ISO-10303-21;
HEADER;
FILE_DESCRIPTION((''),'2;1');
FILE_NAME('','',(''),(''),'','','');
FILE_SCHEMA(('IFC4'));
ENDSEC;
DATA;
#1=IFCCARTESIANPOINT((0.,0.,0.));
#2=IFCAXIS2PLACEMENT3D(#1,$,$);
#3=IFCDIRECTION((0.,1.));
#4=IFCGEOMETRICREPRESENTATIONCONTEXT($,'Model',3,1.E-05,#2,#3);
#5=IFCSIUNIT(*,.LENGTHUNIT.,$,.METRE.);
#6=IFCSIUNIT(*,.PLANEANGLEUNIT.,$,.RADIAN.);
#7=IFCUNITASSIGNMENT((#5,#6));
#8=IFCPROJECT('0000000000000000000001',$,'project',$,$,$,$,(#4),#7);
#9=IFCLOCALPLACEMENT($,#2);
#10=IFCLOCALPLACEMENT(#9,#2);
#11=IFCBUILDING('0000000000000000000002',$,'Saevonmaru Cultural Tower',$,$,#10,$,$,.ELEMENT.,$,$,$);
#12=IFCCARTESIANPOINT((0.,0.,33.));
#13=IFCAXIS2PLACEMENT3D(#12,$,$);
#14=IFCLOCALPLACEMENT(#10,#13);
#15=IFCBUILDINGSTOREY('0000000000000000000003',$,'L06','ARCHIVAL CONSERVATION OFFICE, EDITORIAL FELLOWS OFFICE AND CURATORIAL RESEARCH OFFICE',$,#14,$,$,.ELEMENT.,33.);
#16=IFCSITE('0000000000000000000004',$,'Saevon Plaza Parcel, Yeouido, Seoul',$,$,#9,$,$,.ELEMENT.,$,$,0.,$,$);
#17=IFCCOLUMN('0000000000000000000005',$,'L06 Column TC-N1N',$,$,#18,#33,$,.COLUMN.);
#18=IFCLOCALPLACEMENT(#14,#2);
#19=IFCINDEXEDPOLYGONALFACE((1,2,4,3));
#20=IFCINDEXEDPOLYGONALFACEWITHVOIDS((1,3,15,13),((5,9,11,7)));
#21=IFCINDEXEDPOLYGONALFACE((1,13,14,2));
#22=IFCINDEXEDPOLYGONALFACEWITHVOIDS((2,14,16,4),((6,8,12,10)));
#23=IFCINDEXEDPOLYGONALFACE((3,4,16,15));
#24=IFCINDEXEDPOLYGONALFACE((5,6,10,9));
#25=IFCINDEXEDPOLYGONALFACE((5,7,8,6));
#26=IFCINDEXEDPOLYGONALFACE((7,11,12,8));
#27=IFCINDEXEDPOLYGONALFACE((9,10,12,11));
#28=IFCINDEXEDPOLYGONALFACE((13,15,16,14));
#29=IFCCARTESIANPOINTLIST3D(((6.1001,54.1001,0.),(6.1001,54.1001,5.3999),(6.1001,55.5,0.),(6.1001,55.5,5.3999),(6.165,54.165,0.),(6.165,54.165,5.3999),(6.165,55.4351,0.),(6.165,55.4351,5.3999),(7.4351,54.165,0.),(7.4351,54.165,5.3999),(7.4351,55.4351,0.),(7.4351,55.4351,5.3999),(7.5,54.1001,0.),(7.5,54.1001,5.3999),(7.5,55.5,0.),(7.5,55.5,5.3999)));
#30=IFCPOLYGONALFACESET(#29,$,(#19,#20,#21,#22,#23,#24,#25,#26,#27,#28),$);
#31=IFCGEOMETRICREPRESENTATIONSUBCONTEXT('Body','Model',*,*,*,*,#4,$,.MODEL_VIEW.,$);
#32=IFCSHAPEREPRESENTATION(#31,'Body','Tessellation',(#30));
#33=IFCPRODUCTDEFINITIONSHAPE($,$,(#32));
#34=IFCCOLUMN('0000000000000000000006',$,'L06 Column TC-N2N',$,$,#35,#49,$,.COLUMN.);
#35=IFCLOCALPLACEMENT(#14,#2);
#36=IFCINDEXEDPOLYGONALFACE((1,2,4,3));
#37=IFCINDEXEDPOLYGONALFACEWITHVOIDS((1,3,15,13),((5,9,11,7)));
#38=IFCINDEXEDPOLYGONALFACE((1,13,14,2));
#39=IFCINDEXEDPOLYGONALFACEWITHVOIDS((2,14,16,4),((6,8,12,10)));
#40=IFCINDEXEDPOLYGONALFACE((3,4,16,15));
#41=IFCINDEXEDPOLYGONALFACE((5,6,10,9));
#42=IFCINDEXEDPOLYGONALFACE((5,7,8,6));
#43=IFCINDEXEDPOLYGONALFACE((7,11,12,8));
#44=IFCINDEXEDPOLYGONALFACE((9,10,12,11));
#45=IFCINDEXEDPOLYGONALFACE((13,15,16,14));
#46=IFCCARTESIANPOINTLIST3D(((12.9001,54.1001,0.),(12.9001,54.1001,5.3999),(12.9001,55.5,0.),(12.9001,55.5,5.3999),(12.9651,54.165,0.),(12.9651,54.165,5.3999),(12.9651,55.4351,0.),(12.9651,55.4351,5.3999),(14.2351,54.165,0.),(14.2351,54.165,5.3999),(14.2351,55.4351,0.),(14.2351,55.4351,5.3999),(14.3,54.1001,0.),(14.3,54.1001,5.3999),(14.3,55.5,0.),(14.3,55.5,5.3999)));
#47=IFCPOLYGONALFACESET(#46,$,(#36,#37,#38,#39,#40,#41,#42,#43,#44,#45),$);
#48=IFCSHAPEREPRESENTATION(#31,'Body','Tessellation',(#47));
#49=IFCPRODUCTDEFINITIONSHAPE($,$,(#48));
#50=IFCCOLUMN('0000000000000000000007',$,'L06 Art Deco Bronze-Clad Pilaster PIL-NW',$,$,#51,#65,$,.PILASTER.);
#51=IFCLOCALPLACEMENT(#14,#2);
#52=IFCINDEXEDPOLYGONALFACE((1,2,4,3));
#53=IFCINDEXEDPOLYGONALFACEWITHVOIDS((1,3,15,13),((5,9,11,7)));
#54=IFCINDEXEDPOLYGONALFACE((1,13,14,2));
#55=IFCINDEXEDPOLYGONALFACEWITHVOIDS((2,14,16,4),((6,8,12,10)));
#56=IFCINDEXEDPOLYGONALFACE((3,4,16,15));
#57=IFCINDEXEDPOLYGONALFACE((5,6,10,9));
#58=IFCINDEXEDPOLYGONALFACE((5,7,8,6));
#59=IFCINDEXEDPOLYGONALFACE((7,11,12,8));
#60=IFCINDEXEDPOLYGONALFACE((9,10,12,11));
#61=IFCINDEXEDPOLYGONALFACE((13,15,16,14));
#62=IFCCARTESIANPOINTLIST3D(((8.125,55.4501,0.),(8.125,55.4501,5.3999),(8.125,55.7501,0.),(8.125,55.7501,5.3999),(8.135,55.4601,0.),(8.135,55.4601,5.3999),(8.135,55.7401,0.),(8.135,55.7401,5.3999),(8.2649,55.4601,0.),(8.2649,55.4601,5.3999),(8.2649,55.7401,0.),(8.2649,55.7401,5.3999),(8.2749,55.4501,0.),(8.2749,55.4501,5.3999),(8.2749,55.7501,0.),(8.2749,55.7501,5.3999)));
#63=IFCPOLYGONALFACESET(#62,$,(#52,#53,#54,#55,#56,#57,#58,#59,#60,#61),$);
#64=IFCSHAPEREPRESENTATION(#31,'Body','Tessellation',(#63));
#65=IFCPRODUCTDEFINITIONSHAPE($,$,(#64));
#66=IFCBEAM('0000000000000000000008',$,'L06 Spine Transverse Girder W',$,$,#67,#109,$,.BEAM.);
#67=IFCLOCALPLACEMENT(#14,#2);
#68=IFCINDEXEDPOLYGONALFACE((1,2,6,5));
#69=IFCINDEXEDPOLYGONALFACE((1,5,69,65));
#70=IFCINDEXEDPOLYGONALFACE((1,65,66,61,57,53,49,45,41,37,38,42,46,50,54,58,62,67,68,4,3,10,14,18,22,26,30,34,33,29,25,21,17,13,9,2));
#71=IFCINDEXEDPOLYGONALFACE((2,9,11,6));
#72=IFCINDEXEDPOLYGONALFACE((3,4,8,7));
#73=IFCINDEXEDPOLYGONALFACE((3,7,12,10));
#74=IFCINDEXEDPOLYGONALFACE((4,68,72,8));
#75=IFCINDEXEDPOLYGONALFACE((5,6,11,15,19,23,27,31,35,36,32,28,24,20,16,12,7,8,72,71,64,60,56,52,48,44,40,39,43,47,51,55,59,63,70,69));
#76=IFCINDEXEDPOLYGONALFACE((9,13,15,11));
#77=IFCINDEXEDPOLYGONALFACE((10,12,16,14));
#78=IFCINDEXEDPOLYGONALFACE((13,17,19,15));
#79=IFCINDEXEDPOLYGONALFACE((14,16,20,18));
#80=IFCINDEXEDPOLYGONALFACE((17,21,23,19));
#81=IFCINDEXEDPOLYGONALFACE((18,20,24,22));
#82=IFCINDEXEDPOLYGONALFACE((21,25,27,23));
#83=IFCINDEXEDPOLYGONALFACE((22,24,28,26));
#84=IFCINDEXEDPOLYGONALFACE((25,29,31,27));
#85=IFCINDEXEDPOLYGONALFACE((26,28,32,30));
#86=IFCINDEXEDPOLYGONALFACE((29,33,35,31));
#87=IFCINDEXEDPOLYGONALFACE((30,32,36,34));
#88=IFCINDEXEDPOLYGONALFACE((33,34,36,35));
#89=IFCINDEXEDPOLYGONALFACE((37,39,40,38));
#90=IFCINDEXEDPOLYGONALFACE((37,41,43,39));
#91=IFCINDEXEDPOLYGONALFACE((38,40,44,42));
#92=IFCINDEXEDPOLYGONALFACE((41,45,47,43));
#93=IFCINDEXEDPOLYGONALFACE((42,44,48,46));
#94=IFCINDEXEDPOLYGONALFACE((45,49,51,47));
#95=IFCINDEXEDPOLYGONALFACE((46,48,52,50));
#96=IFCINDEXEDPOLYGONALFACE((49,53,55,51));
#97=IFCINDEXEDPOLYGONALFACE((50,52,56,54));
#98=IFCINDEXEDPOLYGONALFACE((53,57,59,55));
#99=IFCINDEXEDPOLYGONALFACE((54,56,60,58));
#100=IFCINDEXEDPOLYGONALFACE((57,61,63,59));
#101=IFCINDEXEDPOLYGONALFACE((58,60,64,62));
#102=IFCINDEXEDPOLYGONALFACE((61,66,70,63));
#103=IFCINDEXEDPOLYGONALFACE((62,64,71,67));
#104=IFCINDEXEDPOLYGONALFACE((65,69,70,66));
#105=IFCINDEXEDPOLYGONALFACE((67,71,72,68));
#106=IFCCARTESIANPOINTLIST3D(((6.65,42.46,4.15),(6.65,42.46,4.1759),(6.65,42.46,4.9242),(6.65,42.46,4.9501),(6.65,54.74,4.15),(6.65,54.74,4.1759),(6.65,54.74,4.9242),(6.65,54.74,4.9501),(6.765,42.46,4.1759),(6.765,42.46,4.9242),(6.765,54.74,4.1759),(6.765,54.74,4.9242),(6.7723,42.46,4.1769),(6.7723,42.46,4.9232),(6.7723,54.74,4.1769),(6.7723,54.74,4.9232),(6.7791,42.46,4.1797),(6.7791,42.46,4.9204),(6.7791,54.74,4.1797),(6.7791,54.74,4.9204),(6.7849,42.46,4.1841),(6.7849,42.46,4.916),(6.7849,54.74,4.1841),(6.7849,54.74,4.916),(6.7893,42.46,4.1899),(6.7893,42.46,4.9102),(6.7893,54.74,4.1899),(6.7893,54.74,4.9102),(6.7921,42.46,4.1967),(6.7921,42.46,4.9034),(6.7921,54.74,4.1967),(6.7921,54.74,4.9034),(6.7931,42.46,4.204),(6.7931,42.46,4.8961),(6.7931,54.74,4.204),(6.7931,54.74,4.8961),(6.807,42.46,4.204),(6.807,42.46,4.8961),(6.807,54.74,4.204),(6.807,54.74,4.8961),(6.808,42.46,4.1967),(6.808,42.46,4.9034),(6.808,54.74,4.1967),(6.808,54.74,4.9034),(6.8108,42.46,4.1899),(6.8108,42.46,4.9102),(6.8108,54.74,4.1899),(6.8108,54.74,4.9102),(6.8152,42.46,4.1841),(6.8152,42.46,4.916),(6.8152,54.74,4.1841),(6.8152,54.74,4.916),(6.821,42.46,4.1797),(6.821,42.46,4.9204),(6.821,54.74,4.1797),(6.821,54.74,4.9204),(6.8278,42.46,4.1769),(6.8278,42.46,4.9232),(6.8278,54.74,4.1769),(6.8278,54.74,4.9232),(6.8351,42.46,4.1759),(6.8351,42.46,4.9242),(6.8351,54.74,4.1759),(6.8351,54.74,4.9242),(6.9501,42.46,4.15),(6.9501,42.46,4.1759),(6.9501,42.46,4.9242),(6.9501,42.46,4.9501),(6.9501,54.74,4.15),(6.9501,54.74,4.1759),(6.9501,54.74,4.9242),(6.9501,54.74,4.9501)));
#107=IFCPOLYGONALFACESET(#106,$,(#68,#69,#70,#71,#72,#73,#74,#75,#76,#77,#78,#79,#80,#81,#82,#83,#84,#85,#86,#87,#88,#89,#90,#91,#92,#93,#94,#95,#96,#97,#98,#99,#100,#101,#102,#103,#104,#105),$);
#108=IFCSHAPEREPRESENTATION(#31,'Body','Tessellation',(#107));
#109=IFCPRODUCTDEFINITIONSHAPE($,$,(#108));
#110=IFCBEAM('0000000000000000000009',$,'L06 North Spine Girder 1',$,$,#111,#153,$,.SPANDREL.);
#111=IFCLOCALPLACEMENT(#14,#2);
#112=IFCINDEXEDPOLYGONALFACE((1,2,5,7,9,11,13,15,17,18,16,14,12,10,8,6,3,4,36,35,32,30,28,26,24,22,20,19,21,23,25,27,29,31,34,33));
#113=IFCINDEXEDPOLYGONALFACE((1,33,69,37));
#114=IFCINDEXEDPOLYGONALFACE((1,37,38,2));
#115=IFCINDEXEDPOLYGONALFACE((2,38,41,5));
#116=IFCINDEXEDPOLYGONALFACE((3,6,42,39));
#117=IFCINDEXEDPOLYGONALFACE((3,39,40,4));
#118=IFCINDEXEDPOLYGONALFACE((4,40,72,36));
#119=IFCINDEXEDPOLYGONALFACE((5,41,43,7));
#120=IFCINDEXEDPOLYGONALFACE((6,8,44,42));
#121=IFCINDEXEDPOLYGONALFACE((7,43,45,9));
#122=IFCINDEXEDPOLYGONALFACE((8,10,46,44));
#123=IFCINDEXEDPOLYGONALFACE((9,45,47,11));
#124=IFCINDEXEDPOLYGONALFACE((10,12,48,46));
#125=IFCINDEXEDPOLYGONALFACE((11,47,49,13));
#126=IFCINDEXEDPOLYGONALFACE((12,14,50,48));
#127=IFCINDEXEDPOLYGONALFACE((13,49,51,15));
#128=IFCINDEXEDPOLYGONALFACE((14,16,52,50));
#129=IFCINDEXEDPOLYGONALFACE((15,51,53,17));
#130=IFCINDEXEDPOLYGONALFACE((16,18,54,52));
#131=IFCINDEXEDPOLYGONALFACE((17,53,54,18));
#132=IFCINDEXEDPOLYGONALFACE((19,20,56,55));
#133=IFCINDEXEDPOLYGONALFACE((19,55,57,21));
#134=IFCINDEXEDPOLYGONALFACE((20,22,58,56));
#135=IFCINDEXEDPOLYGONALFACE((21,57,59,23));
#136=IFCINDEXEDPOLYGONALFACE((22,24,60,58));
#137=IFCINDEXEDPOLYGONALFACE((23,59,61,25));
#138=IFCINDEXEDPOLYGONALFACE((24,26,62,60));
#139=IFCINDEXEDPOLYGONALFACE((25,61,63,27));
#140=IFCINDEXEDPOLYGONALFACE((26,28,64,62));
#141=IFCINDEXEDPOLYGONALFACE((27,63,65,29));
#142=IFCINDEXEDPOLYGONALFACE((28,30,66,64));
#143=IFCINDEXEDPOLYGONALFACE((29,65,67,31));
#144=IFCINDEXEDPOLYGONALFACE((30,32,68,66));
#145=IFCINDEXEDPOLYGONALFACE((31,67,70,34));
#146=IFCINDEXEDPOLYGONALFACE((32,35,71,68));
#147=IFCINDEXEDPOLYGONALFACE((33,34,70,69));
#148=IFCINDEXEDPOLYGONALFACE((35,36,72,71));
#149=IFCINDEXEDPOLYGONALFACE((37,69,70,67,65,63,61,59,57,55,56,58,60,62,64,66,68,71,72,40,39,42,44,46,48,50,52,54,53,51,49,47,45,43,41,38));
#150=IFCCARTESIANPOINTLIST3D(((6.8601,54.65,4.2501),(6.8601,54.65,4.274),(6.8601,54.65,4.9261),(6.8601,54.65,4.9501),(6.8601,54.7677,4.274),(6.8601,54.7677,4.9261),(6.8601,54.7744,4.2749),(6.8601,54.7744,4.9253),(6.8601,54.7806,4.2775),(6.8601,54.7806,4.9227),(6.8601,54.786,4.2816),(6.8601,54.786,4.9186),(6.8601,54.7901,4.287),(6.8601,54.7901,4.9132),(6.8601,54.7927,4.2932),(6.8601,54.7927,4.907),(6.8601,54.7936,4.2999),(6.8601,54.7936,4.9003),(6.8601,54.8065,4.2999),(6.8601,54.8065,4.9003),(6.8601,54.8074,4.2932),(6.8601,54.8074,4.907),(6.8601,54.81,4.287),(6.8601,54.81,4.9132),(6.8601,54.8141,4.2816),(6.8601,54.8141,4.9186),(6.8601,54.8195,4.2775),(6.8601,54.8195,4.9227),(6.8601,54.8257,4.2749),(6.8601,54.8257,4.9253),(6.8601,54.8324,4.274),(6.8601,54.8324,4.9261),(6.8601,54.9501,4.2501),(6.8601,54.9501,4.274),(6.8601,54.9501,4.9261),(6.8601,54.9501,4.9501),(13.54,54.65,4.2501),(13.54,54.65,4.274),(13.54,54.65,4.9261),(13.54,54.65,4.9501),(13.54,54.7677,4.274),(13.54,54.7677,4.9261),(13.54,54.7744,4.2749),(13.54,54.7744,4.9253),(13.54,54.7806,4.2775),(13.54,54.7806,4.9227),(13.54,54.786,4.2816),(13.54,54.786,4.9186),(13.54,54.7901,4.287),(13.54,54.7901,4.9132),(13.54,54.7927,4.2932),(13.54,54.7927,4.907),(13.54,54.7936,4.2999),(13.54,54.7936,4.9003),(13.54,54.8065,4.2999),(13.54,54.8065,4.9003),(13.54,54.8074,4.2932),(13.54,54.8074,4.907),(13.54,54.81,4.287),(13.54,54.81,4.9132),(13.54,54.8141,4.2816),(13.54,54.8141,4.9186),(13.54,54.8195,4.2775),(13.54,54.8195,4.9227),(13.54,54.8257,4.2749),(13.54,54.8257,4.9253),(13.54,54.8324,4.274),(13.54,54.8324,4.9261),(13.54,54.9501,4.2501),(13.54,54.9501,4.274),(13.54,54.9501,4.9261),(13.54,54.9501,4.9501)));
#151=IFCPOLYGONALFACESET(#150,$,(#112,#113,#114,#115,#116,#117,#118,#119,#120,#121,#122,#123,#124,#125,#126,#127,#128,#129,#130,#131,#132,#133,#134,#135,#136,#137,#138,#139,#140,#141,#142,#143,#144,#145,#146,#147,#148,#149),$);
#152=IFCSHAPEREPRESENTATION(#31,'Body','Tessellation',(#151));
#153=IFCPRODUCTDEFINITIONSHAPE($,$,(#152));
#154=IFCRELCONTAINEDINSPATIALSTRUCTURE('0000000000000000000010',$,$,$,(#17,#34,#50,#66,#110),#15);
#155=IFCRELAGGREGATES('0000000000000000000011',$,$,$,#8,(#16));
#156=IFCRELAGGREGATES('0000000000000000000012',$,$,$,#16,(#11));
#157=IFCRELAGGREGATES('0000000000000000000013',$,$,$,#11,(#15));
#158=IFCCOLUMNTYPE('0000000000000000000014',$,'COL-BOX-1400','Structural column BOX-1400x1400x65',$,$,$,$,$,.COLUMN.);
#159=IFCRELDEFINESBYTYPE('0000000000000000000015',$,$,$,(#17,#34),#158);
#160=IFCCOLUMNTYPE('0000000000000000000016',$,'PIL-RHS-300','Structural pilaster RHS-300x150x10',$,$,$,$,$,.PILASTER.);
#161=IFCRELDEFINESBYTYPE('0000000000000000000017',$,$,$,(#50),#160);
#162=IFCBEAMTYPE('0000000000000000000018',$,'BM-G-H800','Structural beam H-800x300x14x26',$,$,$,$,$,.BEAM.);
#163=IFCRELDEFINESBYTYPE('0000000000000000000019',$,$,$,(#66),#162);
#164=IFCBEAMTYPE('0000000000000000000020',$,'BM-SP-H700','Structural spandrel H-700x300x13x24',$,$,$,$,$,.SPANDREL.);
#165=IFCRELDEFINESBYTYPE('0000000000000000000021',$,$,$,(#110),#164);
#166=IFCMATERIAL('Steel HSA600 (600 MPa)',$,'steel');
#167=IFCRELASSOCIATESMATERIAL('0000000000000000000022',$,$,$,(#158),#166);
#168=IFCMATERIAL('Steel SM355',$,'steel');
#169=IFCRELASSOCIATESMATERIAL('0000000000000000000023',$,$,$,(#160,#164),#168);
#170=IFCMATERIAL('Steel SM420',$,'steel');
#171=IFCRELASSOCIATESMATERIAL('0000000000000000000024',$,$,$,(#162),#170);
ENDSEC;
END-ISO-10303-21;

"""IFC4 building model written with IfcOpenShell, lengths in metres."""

from ifc_helpers import new_model, si_unit, direction, frame, origin, origin_2d, place, context, subcontext, project, spatial, hollow_rectangle, i_section, extrude, material, material_profile, profile_set, type_object, element, save


model = new_model("IFC4")

# Units and contexts
model_context = context("Model", 3, precision=1e-05, world=origin(), true_north=direction((0.0, 1.0)))
body_context = subcontext(model_context, "Body", "Model", "MODEL_VIEW")
ifc_project = project(units=[si_unit("LENGTHUNIT", "METRE"), si_unit("PLANEANGLEUNIT", "RADIAN")], contexts=[model_context])

# Site, building, storey
site_placement = place(None, origin())
site = spatial("IfcSite", under=ifc_project, at=site_placement, Name="Saevon Plaza Parcel, Yeouido, Seoul", CompositionType="ELEMENT", RefElevation=0.0)
building_placement = place(site_placement, origin())
building = spatial("IfcBuilding", under=site, at=building_placement, Name="Saevonmaru Cultural Tower", CompositionType="ELEMENT")
storey_placement = place(building_placement, frame((0.0, 0.0, 33.0)))
storey = spatial("IfcBuildingStorey", under=building, at=storey_placement, Name="L06", Description="ARCHIVAL CONSERVATION OFFICE, EDITORIAL FELLOWS OFFICE AND CURATORIAL RESEARCH OFFICE", CompositionType="ELEMENT", Elevation=33.0)

# Columns
ifc_material_1 = material(Name="Steel HSA600 (600 MPa)", Category="steel")
ifc_material_profile_1 = material_profile(ifc_material_1, hollow_rectangle(XDim=1.3999, YDim=1.3999, WallThickness=0.0649, at=origin_2d()), Name="BOX-1400x1400x65")
ifc_profile_set_1 = profile_set([ifc_material_profile_1], Name="Steel HSA600 (600 MPa)")
column_type_1 = type_object("IfcColumnType", Name="COL-BOX-1400", Description="Structural column BOX-1400x1400x65", PredefinedType="COLUMN", material=ifc_profile_set_1)
for number, where, z_axis, x_axis, name in (
    (1, (6.8, 54.8, 0.0), (0.0, 0.0, 1.0), (1.0, 0.0, 0.0), "L06 Column TC-N1N"),
    (2, (13.6001, 54.8, 0.0), (0.0, 0.0, 1.0), (1.0, 0.0, 0.0), "L06 Column TC-N2N"),
):
    element("IfcColumn", number, at=place(storey_placement, frame(where, z_axis=z_axis, x_axis=x_axis)), inside=storey, type_object=column_type_1, Name=name, PredefinedType="COLUMN", context=body_context, shape_type="SweptSolid", body=[
        extrude(hollow_rectangle(XDim=1.3999, YDim=1.3999, WallThickness=0.0649, at=origin_2d()), origin(), (0.0, 0.0, 1.0), 5.3999),
    ])
ifc_material_2 = material(Name="Steel SM355", Category="steel")
ifc_material_profile_2 = material_profile(ifc_material_2, hollow_rectangle(XDim=0.1499, YDim=0.3, WallThickness=0.01, at=origin_2d()), Name="RHS-300x150x10")
ifc_profile_set_2 = profile_set([ifc_material_profile_2], Name="Steel SM355")
column_type_2 = type_object("IfcColumnType", Name="PIL-RHS-300", Description="Structural pilaster RHS-300x150x10", PredefinedType="PILASTER", material=ifc_profile_set_2)
column_placement = place(storey_placement, frame((8.2, 55.6001, 0.0), z_axis=(0.0, 0.0, 1.0), x_axis=(1.0, 0.0, 0.0)))
element("IfcColumn", 3, at=column_placement, inside=storey, type_object=column_type_2, Name="L06 Art Deco Bronze-Clad Pilaster PIL-NW", PredefinedType="PILASTER", context=body_context, shape_type="SweptSolid", body=[
    extrude(hollow_rectangle(XDim=0.1499, YDim=0.3, WallThickness=0.01, at=origin_2d()), origin(), (0.0, 0.0, 1.0), 5.3999),
])

# Beams
ifc_material_3 = material(Name="Steel SM420", Category="steel")
ifc_material_profile_3 = material_profile(ifc_material_3, i_section(OverallWidth=0.3, OverallDepth=0.8, WebThickness=0.0139, FlangeThickness=0.0259, FilletRadius=0.0281, at=origin_2d()), Name="H-800x300x14x26")
ifc_profile_set_3 = profile_set([ifc_material_profile_3], Name="Steel SM420")
beam_type_1 = type_object("IfcBeamType", Name="BM-G-H800", Description="Structural beam H-800x300x14x26", PredefinedType="BEAM", material=ifc_profile_set_3)
beam_1_placement = place(storey_placement, frame((6.8, 54.74, 4.55), z_axis=(0.0, -1.0, 0.0), x_axis=(1.0, 0.0, 0.0)))
element("IfcBeam", 4, at=beam_1_placement, inside=storey, type_object=beam_type_1, Name="L06 Spine Transverse Girder W", PredefinedType="BEAM", context=body_context, shape_type="SweptSolid", body=[
    extrude(i_section(OverallWidth=0.3, OverallDepth=0.8, WebThickness=0.0139, FlangeThickness=0.0259, FilletRadius=0.0281, at=origin_2d()), origin(), (0.0, 0.0, 1.0), 12.28),
])
ifc_material_profile_4 = material_profile(ifc_material_2, i_section(OverallWidth=0.3, OverallDepth=0.7, WebThickness=0.0129, FlangeThickness=0.0239, FilletRadius=0.0259, at=origin_2d()), Name="H-700x300x13x24")
ifc_profile_set_4 = profile_set([ifc_material_profile_4], Name="Steel SM355")
beam_type_2 = type_object("IfcBeamType", Name="BM-SP-H700", Description="Structural spandrel H-700x300x13x24", PredefinedType="SPANDREL", material=ifc_profile_set_4)
beam_2_placement = place(storey_placement, frame((6.8601, 54.8, 4.6001), z_axis=(1.0, 0.0, 0.0), x_axis=(0.0, 1.0, 0.0)))
element("IfcBeam", 5, at=beam_2_placement, inside=storey, type_object=beam_type_2, Name="L06 North Spine Girder 1", PredefinedType="SPANDREL", context=body_context, shape_type="SweptSolid", body=[
    extrude(i_section(OverallWidth=0.3, OverallDepth=0.7, WebThickness=0.0129, FlangeThickness=0.0239, FilletRadius=0.0259, at=origin_2d()), origin(), (0.0, 0.0, 1.0), 6.6799),
])

save(model, "model.ifc")
